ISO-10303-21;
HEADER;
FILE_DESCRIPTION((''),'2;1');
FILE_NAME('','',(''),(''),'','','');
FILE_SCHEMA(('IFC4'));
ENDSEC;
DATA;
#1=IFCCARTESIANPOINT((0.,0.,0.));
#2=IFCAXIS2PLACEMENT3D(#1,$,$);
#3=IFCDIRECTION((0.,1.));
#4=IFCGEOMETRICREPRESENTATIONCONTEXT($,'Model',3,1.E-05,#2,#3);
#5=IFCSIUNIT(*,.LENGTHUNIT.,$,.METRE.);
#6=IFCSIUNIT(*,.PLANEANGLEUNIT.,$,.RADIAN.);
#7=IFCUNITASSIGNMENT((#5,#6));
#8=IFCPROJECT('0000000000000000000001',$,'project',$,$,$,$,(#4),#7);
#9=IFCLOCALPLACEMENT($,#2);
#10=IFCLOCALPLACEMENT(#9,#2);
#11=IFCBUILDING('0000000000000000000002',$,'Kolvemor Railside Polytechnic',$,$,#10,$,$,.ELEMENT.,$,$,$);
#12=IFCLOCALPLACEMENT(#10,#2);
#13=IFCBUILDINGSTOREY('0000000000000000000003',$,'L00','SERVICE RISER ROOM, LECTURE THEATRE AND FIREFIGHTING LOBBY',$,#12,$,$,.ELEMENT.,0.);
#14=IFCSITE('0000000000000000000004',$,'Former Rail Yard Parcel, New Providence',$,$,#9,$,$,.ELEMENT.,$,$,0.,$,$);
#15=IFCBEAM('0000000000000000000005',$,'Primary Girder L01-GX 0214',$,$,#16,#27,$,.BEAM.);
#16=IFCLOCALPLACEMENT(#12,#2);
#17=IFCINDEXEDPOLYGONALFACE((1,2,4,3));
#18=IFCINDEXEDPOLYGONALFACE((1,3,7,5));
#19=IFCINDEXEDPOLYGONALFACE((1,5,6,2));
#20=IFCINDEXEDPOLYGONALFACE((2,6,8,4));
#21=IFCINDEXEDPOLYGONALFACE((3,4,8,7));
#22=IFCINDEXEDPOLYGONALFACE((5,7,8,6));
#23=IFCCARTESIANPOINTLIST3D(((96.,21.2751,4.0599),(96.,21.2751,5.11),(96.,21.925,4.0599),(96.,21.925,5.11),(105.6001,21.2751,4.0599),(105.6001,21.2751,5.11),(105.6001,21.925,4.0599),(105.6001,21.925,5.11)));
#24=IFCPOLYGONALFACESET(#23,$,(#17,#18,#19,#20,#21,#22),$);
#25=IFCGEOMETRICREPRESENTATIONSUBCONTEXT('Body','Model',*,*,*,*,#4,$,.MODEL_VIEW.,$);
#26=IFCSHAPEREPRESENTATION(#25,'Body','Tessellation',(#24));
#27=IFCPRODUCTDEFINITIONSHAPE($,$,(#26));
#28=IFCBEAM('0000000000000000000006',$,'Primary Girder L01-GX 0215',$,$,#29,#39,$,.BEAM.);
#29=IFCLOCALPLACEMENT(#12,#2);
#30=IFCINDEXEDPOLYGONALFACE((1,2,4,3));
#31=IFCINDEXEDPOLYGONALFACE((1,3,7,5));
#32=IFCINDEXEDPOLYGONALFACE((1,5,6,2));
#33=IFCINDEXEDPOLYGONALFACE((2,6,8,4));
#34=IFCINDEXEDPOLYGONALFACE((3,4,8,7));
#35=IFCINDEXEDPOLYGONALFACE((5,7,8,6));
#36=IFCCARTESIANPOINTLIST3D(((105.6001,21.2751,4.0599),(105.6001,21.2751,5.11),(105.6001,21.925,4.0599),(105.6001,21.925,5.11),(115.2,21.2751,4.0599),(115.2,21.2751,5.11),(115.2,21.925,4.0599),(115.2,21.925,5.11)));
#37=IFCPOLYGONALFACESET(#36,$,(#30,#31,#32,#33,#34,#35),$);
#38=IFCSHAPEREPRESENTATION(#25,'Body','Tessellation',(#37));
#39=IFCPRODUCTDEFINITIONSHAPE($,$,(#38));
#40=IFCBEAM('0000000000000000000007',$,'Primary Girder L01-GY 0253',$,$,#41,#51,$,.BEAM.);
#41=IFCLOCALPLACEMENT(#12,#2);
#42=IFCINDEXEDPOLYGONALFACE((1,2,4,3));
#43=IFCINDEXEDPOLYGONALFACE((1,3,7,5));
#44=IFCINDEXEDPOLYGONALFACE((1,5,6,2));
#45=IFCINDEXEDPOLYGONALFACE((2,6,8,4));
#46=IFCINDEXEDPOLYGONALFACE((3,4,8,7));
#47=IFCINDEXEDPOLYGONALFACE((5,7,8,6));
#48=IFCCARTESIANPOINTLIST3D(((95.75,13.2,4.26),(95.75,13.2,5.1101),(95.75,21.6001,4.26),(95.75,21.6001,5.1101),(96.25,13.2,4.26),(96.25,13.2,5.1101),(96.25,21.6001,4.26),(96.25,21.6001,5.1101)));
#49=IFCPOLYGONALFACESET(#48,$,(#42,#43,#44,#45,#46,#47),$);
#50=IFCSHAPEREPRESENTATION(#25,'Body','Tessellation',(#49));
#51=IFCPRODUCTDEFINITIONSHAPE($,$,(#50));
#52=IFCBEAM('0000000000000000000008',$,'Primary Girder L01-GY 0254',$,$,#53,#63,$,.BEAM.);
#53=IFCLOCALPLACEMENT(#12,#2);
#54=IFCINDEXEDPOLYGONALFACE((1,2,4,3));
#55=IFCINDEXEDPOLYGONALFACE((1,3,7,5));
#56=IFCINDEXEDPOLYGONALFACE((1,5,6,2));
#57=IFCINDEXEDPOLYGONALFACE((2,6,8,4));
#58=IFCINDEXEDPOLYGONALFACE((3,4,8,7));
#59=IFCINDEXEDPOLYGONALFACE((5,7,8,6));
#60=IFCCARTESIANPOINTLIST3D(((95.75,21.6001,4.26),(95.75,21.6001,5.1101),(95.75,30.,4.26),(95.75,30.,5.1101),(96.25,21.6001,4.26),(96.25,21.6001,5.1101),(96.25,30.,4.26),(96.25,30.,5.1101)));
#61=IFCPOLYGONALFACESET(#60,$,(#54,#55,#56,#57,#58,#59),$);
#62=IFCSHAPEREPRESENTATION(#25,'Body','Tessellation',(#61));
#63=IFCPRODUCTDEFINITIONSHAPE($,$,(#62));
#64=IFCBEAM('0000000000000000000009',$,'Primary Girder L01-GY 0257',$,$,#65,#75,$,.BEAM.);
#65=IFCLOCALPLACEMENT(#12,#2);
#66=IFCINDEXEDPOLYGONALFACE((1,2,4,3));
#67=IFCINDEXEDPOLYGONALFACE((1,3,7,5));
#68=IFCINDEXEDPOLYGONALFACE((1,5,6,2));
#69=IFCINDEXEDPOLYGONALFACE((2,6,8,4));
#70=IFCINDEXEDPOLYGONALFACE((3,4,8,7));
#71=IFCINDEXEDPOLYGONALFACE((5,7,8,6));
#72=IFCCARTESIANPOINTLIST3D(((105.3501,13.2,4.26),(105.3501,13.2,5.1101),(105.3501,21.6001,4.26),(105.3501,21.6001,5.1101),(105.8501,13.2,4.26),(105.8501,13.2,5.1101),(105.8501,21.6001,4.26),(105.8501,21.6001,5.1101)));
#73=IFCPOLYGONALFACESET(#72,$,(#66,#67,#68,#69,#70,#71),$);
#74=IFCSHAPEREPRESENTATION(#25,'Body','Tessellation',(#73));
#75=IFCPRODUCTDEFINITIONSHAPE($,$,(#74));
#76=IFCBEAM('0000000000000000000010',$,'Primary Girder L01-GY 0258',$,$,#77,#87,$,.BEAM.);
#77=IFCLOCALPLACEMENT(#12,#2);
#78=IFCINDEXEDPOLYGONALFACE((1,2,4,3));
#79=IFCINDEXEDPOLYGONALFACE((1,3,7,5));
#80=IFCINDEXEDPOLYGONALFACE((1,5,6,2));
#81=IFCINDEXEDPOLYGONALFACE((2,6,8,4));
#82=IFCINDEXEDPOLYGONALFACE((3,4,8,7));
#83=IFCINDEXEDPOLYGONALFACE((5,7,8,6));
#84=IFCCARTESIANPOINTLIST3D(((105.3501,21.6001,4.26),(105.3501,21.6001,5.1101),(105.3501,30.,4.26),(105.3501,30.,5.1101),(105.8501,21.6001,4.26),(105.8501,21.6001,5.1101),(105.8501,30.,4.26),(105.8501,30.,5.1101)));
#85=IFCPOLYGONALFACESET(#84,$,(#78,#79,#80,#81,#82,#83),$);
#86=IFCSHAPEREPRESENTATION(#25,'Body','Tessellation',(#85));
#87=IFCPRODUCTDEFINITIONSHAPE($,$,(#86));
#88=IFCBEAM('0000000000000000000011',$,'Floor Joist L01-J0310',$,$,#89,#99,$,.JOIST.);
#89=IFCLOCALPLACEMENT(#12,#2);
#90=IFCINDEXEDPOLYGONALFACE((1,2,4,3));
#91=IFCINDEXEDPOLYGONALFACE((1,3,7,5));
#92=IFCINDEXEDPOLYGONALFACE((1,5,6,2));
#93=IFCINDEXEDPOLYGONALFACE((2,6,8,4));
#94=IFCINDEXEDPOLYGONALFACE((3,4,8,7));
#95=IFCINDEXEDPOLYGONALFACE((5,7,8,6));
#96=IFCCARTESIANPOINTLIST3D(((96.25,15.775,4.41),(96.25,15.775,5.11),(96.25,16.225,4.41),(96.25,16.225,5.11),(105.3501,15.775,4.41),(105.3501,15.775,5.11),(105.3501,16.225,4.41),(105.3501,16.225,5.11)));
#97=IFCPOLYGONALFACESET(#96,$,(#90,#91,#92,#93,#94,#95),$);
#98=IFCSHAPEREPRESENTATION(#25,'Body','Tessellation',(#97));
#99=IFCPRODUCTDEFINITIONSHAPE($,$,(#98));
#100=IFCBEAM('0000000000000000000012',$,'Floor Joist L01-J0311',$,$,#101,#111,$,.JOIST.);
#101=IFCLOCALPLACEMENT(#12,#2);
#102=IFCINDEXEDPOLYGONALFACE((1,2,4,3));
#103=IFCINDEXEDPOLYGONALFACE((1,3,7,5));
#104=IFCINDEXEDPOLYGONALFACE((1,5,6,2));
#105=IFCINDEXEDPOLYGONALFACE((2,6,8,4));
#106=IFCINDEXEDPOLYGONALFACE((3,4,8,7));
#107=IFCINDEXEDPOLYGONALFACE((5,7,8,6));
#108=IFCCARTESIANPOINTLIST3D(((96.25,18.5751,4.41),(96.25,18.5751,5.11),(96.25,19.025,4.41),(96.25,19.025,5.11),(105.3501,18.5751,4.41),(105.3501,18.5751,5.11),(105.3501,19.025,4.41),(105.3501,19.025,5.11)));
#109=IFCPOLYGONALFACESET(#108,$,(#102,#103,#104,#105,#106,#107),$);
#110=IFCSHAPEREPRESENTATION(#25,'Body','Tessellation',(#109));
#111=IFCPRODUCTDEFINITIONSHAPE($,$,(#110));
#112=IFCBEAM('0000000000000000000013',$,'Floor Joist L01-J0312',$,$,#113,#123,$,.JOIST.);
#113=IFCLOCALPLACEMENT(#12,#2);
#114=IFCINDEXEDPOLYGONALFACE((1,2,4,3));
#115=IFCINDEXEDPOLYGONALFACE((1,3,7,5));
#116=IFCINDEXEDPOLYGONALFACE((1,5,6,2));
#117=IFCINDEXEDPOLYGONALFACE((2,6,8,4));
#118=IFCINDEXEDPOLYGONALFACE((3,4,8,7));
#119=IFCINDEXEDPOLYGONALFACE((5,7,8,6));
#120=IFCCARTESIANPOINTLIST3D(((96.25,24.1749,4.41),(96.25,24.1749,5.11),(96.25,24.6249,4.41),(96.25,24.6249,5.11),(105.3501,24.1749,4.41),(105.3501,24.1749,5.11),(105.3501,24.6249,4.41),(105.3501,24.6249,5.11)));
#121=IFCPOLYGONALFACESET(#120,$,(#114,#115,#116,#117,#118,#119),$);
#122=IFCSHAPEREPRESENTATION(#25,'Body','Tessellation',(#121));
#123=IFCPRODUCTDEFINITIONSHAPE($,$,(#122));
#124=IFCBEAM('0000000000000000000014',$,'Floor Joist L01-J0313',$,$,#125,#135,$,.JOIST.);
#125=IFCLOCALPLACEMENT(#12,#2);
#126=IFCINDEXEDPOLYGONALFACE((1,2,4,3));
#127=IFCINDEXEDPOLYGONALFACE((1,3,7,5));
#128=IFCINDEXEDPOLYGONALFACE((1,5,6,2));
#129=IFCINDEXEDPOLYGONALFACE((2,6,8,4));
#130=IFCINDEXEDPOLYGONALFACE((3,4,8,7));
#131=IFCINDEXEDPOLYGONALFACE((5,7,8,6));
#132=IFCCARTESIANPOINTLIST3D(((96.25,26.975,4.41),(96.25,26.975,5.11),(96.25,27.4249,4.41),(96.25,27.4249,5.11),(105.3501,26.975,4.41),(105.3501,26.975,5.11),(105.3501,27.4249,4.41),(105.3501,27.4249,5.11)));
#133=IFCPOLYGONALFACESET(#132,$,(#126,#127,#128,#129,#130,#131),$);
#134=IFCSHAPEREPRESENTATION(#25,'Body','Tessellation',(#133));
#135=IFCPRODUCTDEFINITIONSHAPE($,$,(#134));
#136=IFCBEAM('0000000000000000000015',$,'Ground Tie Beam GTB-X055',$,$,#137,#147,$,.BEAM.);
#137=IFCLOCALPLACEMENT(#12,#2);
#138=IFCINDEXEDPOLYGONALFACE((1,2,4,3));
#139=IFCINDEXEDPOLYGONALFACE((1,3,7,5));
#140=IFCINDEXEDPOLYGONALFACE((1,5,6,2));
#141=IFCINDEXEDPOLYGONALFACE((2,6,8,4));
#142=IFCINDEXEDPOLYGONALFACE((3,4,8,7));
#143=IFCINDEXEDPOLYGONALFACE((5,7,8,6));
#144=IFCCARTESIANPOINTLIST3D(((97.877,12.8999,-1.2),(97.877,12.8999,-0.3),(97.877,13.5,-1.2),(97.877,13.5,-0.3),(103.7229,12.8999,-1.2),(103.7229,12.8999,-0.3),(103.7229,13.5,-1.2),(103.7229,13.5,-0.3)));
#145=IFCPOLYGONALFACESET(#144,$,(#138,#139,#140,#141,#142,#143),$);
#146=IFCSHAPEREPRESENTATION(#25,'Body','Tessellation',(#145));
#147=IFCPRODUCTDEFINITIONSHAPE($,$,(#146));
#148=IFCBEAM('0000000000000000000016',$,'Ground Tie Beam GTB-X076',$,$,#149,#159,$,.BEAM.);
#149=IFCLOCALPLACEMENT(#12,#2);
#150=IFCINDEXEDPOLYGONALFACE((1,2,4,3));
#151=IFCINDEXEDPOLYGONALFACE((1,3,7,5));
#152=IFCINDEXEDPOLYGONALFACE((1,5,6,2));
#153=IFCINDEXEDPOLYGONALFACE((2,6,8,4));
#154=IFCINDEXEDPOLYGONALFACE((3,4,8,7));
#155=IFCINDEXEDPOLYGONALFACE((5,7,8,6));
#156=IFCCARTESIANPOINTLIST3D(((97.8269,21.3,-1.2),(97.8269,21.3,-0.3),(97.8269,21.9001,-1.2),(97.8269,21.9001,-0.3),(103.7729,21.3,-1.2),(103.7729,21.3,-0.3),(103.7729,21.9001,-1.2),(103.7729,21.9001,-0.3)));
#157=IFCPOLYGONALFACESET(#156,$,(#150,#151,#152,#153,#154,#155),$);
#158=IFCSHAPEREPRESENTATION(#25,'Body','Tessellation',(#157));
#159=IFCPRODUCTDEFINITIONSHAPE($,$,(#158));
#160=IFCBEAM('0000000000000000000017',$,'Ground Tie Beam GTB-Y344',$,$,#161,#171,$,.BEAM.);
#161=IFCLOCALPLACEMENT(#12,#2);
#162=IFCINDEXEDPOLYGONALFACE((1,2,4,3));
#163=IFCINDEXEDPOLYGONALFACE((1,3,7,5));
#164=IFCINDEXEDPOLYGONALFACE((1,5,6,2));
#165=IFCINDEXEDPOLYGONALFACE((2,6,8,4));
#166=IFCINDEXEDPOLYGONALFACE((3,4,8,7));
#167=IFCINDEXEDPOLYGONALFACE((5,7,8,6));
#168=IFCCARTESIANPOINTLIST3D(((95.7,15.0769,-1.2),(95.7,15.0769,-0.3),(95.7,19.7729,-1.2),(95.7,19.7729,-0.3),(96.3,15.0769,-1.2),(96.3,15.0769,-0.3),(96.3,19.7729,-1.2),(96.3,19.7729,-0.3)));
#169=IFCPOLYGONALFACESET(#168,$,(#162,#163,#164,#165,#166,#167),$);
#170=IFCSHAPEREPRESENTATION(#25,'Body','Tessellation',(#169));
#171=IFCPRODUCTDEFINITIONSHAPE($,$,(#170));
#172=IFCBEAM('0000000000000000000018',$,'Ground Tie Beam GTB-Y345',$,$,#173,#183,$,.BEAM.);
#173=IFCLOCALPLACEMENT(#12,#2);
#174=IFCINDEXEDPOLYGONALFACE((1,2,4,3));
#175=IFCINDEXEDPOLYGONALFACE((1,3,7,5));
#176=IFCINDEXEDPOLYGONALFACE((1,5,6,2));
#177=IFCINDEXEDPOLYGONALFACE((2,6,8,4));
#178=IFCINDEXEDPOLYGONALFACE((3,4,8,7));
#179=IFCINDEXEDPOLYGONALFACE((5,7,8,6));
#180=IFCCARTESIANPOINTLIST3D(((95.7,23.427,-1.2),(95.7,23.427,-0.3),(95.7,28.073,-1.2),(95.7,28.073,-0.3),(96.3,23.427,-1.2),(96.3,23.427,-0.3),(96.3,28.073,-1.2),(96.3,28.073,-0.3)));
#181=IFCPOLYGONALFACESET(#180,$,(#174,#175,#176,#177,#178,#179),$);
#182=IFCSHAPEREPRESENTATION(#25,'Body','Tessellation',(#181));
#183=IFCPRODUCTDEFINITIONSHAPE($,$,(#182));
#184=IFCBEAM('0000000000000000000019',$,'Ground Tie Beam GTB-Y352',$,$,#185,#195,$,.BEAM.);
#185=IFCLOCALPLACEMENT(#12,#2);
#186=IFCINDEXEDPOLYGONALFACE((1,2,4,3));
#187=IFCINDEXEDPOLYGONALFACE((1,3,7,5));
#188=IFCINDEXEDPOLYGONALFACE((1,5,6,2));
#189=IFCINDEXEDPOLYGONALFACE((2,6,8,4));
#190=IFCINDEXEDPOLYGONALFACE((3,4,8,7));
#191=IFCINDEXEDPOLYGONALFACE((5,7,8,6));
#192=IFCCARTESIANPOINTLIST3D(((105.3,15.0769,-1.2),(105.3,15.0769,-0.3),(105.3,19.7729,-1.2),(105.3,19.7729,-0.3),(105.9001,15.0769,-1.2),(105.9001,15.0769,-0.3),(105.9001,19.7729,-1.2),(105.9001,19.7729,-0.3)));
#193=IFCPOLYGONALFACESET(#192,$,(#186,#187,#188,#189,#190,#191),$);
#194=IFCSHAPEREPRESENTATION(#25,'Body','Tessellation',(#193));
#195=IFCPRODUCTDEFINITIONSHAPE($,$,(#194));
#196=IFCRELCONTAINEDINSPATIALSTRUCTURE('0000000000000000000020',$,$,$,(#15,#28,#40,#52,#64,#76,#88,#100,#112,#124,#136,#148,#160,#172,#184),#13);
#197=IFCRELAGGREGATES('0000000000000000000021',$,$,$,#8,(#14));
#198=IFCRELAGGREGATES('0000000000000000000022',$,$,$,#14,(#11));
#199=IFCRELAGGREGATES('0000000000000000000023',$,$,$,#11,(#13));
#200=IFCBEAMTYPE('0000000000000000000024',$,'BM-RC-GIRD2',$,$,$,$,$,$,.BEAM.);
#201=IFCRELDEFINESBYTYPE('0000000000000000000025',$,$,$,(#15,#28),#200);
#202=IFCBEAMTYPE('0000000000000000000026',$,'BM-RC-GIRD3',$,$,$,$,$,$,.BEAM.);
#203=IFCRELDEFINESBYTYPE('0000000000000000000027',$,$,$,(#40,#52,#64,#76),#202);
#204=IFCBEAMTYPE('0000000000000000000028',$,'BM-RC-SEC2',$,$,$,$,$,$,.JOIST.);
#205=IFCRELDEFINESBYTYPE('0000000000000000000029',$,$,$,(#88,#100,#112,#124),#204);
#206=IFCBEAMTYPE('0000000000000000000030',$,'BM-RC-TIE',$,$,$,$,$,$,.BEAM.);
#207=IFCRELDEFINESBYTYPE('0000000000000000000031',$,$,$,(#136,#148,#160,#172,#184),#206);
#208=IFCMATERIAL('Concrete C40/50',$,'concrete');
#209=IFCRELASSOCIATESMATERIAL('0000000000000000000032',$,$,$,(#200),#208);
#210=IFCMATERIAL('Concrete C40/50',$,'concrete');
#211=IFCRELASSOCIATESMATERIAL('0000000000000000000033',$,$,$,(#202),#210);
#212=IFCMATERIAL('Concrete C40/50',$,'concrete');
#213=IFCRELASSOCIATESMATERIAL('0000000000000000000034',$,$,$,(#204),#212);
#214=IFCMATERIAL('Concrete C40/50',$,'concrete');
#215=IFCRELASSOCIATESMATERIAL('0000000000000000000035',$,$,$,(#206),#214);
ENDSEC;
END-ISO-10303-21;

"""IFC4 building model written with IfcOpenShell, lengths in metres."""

from ifc_helpers import new_model, si_unit, direction, frame, origin, origin_2d, place, context, subcontext, project, spatial, rectangle, extrude, material, material_profile, profile_set, type_object, element, save


model = new_model("IFC4")

# Units and contexts
model_context = context("Model", 3, precision=1e-05, world=origin(), true_north=direction((0.0, 1.0)))
body_context = subcontext(model_context, "Body", "Model", "MODEL_VIEW")
ifc_project = project(units=[si_unit("LENGTHUNIT", "METRE"), si_unit("PLANEANGLEUNIT", "RADIAN")], contexts=[model_context])

# Site, building, storey
site_placement = place(None, origin())
site = spatial("IfcSite", under=ifc_project, at=site_placement, Name="Former Rail Yard Parcel, New Providence", CompositionType="ELEMENT", RefElevation=0.0)
building_placement = place(site_placement, origin())
building = spatial("IfcBuilding", under=site, at=building_placement, Name="Kolvemor Railside Polytechnic", CompositionType="ELEMENT")
storey_placement = place(building_placement, origin())
storey = spatial("IfcBuildingStorey", under=building, at=storey_placement, Name="L00", Description="SERVICE RISER ROOM, LECTURE THEATRE AND FIREFIGHTING LOBBY", CompositionType="ELEMENT", Elevation=0.0)

# Beams
ifc_material_1 = material(Name="Concrete C40/50", Category="concrete")
ifc_material_profile_1 = material_profile(ifc_material_1, rectangle(XDim=0.6499, YDim=1.05, at=origin_2d()), Name="RC650x1050")
ifc_profile_set_1 = profile_set([ifc_material_profile_1], Name="Concrete C40/50")
beam_type_1 = type_object("IfcBeamType", Name="BM-RC-GIRD2", PredefinedType="BEAM", material=ifc_profile_set_1)
beam_1_placement = place(storey_placement, frame((96.0, 21.6001, 4.585), z_axis=(1.0, 0.0, 0.0), x_axis=(0.0, 1.0, 0.0)))
element("IfcBeam", 1, at=beam_1_placement, inside=storey, type_object=beam_type_1, Name="Primary Girder L01-GX 0214", PredefinedType="BEAM", context=body_context, shape_type="SweptSolid", body=[
    extrude(rectangle(XDim=0.6499, YDim=1.05, at=origin_2d()), origin(), (0.0, 0.0, 1.0), 9.6001),
])
beam_2_placement = place(storey_placement, frame((105.6001, 21.6001, 4.585), z_axis=(1.0, 0.0, 0.0), x_axis=(0.0, 1.0, 0.0)))
element("IfcBeam", 2, at=beam_2_placement, inside=storey, type_object=beam_type_1, Name="Primary Girder L01-GX 0215", PredefinedType="BEAM", context=body_context, shape_type="SweptSolid", body=[
    extrude(rectangle(XDim=0.6499, YDim=1.05, at=origin_2d()), origin(), (0.0, 0.0, 1.0), 9.5999),
])
ifc_material_2 = material(Name="Concrete C40/50", Category="concrete")
ifc_material_profile_2 = material_profile(ifc_material_2, rectangle(XDim=0.5, YDim=0.8501, at=origin_2d()), Name="RC500x850")
ifc_profile_set_2 = profile_set([ifc_material_profile_2], Name="Concrete C40/50")
beam_type_2 = type_object("IfcBeamType", Name="BM-RC-GIRD3", PredefinedType="BEAM", material=ifc_profile_set_2)
beam_3_placement = place(storey_placement, frame((96.0, 13.2, 4.6851), z_axis=(0.0, 1.0, 0.0), x_axis=(-1.0, 0.0, 0.0)))
element("IfcBeam", 3, at=beam_3_placement, inside=storey, type_object=beam_type_2, Name="Primary Girder L01-GY 0253", PredefinedType="BEAM", context=body_context, shape_type="SweptSolid", body=[
    extrude(rectangle(XDim=0.5, YDim=0.8501, at=origin_2d()), origin(), (0.0, 0.0, 1.0), 8.4001),
])
beam_4_placement = place(storey_placement, frame((96.0, 21.6001, 4.6851), z_axis=(0.0, 1.0, 0.0), x_axis=(-1.0, 0.0, 0.0)))
element("IfcBeam", 4, at=beam_4_placement, inside=storey, type_object=beam_type_2, Name="Primary Girder L01-GY 0254", PredefinedType="BEAM", context=body_context, shape_type="SweptSolid", body=[
    extrude(rectangle(XDim=0.5, YDim=0.8501, at=origin_2d()), origin(), (0.0, 0.0, 1.0), 8.3999),
])
beam_5_placement = place(storey_placement, frame((105.6001, 13.2, 4.6851), z_axis=(0.0, 1.0, 0.0), x_axis=(-1.0, 0.0, 0.0)))
element("IfcBeam", 5, at=beam_5_placement, inside=storey, type_object=beam_type_2, Name="Primary Girder L01-GY 0257", PredefinedType="BEAM", context=body_context, shape_type="SweptSolid", body=[
    extrude(rectangle(XDim=0.5, YDim=0.8501, at=origin_2d()), origin(), (0.0, 0.0, 1.0), 8.4001),
])
beam_6_placement = place(storey_placement, frame((105.6001, 21.6001, 4.6851), z_axis=(0.0, 1.0, 0.0), x_axis=(-1.0, 0.0, 0.0)))
element("IfcBeam", 6, at=beam_6_placement, inside=storey, type_object=beam_type_2, Name="Primary Girder L01-GY 0258", PredefinedType="BEAM", context=body_context, shape_type="SweptSolid", body=[
    extrude(rectangle(XDim=0.5, YDim=0.8501, at=origin_2d()), origin(), (0.0, 0.0, 1.0), 8.3999),
])
ifc_material_3 = material(Name="Concrete C40/50", Category="concrete")
ifc_material_profile_3 = material_profile(ifc_material_3, rectangle(XDim=0.45, YDim=0.7, at=origin_2d()), Name="RC450x700")
ifc_profile_set_3 = profile_set([ifc_material_profile_3], Name="Concrete C40/50")
beam_type_3 = type_object("IfcBeamType", Name="BM-RC-SEC2", PredefinedType="JOIST", material=ifc_profile_set_3)
for number, where, z_axis, x_axis, name in (
    (7, (96.25, 16.0, 4.76), (1.0, 0.0, 0.0), (0.0, 1.0, 0.0), "Floor Joist L01-J0310"),
    (8, (96.25, 18.8, 4.76), (1.0, 0.0, 0.0), (0.0, 1.0, 0.0), "Floor Joist L01-J0311"),
    (9, (96.25, 24.3999, 4.76), (1.0, 0.0, 0.0), (0.0, 1.0, 0.0), "Floor Joist L01-J0312"),
    (10, (96.25, 27.2, 4.76), (1.0, 0.0, 0.0), (0.0, 1.0, 0.0), "Floor Joist L01-J0313"),
):
    element("IfcBeam", number, at=place(storey_placement, frame(where, z_axis=z_axis, x_axis=x_axis)), inside=storey, type_object=beam_type_3, Name=name, PredefinedType="JOIST", context=body_context, shape_type="SweptSolid", body=[
        extrude(rectangle(XDim=0.45, YDim=0.7, at=origin_2d()), origin(), (0.0, 0.0, 1.0), 9.1001),
    ])
ifc_material_4 = material(Name="Concrete C40/50", Category="concrete")
ifc_material_profile_4 = material_profile(ifc_material_4, rectangle(XDim=0.6001, YDim=0.8999, at=origin_2d()), Name="RC600x900")
ifc_profile_set_4 = profile_set([ifc_material_profile_4], Name="Concrete C40/50")
beam_type_4 = type_object("IfcBeamType", Name="BM-RC-TIE", PredefinedType="BEAM", material=ifc_profile_set_4)
beam_7_placement = place(storey_placement, frame((97.877, 13.2, -0.75), z_axis=(1.0, 0.0, 0.0), x_axis=(0.0, 1.0, 0.0)))
element("IfcBeam", 11, at=beam_7_placement, inside=storey, type_object=beam_type_4, Name="Ground Tie Beam GTB-X055", PredefinedType="BEAM", context=body_context, shape_type="SweptSolid", body=[
    extrude(rectangle(XDim=0.6001, YDim=0.8999, at=origin_2d()), origin(), (0.0, 0.0, 1.0), 5.8459),
])
beam_8_placement = place(storey_placement, frame((97.8269, 21.6001, -0.75), z_axis=(1.0, 0.0, 0.0), x_axis=(0.0, 1.0, 0.0)))
element("IfcBeam", 12, at=beam_8_placement, inside=storey, type_object=beam_type_4, Name="Ground Tie Beam GTB-X076", PredefinedType="BEAM", context=body_context, shape_type="SweptSolid", body=[
    extrude(rectangle(XDim=0.6001, YDim=0.8999, at=origin_2d()), origin(), (0.0, 0.0, 1.0), 5.946),
])
beam_9_placement = place(storey_placement, frame((96.0, 15.0769, -0.75), z_axis=(0.0, 1.0, 0.0), x_axis=(-1.0, 0.0, 0.0)))
element("IfcBeam", 13, at=beam_9_placement, inside=storey, type_object=beam_type_4, Name="Ground Tie Beam GTB-Y344", PredefinedType="BEAM", context=body_context, shape_type="SweptSolid", body=[
    extrude(rectangle(XDim=0.6001, YDim=0.8999, at=origin_2d()), origin(), (0.0, 0.0, 1.0), 4.696),
])
beam_10_placement = place(storey_placement, frame((96.0, 23.427, -0.75), z_axis=(0.0, 1.0, 0.0), x_axis=(-1.0, 0.0, 0.0)))
element("IfcBeam", 14, at=beam_10_placement, inside=storey, type_object=beam_type_4, Name="Ground Tie Beam GTB-Y345", PredefinedType="BEAM", context=body_context, shape_type="SweptSolid", body=[
    extrude(rectangle(XDim=0.6001, YDim=0.8999, at=origin_2d()), origin(), (0.0, 0.0, 1.0), 4.646),
])
beam_11_placement = place(storey_placement, frame((105.6001, 15.0769, -0.75), z_axis=(0.0, 1.0, 0.0), x_axis=(-1.0, 0.0, 0.0)))
element("IfcBeam", 15, at=beam_11_placement, inside=storey, type_object=beam_type_4, Name="Ground Tie Beam GTB-Y352", PredefinedType="BEAM", context=body_context, shape_type="SweptSolid", body=[
    extrude(rectangle(XDim=0.6001, YDim=0.8999, at=origin_2d()), origin(), (0.0, 0.0, 1.0), 4.696),
])

save(model, "model.ifc")
